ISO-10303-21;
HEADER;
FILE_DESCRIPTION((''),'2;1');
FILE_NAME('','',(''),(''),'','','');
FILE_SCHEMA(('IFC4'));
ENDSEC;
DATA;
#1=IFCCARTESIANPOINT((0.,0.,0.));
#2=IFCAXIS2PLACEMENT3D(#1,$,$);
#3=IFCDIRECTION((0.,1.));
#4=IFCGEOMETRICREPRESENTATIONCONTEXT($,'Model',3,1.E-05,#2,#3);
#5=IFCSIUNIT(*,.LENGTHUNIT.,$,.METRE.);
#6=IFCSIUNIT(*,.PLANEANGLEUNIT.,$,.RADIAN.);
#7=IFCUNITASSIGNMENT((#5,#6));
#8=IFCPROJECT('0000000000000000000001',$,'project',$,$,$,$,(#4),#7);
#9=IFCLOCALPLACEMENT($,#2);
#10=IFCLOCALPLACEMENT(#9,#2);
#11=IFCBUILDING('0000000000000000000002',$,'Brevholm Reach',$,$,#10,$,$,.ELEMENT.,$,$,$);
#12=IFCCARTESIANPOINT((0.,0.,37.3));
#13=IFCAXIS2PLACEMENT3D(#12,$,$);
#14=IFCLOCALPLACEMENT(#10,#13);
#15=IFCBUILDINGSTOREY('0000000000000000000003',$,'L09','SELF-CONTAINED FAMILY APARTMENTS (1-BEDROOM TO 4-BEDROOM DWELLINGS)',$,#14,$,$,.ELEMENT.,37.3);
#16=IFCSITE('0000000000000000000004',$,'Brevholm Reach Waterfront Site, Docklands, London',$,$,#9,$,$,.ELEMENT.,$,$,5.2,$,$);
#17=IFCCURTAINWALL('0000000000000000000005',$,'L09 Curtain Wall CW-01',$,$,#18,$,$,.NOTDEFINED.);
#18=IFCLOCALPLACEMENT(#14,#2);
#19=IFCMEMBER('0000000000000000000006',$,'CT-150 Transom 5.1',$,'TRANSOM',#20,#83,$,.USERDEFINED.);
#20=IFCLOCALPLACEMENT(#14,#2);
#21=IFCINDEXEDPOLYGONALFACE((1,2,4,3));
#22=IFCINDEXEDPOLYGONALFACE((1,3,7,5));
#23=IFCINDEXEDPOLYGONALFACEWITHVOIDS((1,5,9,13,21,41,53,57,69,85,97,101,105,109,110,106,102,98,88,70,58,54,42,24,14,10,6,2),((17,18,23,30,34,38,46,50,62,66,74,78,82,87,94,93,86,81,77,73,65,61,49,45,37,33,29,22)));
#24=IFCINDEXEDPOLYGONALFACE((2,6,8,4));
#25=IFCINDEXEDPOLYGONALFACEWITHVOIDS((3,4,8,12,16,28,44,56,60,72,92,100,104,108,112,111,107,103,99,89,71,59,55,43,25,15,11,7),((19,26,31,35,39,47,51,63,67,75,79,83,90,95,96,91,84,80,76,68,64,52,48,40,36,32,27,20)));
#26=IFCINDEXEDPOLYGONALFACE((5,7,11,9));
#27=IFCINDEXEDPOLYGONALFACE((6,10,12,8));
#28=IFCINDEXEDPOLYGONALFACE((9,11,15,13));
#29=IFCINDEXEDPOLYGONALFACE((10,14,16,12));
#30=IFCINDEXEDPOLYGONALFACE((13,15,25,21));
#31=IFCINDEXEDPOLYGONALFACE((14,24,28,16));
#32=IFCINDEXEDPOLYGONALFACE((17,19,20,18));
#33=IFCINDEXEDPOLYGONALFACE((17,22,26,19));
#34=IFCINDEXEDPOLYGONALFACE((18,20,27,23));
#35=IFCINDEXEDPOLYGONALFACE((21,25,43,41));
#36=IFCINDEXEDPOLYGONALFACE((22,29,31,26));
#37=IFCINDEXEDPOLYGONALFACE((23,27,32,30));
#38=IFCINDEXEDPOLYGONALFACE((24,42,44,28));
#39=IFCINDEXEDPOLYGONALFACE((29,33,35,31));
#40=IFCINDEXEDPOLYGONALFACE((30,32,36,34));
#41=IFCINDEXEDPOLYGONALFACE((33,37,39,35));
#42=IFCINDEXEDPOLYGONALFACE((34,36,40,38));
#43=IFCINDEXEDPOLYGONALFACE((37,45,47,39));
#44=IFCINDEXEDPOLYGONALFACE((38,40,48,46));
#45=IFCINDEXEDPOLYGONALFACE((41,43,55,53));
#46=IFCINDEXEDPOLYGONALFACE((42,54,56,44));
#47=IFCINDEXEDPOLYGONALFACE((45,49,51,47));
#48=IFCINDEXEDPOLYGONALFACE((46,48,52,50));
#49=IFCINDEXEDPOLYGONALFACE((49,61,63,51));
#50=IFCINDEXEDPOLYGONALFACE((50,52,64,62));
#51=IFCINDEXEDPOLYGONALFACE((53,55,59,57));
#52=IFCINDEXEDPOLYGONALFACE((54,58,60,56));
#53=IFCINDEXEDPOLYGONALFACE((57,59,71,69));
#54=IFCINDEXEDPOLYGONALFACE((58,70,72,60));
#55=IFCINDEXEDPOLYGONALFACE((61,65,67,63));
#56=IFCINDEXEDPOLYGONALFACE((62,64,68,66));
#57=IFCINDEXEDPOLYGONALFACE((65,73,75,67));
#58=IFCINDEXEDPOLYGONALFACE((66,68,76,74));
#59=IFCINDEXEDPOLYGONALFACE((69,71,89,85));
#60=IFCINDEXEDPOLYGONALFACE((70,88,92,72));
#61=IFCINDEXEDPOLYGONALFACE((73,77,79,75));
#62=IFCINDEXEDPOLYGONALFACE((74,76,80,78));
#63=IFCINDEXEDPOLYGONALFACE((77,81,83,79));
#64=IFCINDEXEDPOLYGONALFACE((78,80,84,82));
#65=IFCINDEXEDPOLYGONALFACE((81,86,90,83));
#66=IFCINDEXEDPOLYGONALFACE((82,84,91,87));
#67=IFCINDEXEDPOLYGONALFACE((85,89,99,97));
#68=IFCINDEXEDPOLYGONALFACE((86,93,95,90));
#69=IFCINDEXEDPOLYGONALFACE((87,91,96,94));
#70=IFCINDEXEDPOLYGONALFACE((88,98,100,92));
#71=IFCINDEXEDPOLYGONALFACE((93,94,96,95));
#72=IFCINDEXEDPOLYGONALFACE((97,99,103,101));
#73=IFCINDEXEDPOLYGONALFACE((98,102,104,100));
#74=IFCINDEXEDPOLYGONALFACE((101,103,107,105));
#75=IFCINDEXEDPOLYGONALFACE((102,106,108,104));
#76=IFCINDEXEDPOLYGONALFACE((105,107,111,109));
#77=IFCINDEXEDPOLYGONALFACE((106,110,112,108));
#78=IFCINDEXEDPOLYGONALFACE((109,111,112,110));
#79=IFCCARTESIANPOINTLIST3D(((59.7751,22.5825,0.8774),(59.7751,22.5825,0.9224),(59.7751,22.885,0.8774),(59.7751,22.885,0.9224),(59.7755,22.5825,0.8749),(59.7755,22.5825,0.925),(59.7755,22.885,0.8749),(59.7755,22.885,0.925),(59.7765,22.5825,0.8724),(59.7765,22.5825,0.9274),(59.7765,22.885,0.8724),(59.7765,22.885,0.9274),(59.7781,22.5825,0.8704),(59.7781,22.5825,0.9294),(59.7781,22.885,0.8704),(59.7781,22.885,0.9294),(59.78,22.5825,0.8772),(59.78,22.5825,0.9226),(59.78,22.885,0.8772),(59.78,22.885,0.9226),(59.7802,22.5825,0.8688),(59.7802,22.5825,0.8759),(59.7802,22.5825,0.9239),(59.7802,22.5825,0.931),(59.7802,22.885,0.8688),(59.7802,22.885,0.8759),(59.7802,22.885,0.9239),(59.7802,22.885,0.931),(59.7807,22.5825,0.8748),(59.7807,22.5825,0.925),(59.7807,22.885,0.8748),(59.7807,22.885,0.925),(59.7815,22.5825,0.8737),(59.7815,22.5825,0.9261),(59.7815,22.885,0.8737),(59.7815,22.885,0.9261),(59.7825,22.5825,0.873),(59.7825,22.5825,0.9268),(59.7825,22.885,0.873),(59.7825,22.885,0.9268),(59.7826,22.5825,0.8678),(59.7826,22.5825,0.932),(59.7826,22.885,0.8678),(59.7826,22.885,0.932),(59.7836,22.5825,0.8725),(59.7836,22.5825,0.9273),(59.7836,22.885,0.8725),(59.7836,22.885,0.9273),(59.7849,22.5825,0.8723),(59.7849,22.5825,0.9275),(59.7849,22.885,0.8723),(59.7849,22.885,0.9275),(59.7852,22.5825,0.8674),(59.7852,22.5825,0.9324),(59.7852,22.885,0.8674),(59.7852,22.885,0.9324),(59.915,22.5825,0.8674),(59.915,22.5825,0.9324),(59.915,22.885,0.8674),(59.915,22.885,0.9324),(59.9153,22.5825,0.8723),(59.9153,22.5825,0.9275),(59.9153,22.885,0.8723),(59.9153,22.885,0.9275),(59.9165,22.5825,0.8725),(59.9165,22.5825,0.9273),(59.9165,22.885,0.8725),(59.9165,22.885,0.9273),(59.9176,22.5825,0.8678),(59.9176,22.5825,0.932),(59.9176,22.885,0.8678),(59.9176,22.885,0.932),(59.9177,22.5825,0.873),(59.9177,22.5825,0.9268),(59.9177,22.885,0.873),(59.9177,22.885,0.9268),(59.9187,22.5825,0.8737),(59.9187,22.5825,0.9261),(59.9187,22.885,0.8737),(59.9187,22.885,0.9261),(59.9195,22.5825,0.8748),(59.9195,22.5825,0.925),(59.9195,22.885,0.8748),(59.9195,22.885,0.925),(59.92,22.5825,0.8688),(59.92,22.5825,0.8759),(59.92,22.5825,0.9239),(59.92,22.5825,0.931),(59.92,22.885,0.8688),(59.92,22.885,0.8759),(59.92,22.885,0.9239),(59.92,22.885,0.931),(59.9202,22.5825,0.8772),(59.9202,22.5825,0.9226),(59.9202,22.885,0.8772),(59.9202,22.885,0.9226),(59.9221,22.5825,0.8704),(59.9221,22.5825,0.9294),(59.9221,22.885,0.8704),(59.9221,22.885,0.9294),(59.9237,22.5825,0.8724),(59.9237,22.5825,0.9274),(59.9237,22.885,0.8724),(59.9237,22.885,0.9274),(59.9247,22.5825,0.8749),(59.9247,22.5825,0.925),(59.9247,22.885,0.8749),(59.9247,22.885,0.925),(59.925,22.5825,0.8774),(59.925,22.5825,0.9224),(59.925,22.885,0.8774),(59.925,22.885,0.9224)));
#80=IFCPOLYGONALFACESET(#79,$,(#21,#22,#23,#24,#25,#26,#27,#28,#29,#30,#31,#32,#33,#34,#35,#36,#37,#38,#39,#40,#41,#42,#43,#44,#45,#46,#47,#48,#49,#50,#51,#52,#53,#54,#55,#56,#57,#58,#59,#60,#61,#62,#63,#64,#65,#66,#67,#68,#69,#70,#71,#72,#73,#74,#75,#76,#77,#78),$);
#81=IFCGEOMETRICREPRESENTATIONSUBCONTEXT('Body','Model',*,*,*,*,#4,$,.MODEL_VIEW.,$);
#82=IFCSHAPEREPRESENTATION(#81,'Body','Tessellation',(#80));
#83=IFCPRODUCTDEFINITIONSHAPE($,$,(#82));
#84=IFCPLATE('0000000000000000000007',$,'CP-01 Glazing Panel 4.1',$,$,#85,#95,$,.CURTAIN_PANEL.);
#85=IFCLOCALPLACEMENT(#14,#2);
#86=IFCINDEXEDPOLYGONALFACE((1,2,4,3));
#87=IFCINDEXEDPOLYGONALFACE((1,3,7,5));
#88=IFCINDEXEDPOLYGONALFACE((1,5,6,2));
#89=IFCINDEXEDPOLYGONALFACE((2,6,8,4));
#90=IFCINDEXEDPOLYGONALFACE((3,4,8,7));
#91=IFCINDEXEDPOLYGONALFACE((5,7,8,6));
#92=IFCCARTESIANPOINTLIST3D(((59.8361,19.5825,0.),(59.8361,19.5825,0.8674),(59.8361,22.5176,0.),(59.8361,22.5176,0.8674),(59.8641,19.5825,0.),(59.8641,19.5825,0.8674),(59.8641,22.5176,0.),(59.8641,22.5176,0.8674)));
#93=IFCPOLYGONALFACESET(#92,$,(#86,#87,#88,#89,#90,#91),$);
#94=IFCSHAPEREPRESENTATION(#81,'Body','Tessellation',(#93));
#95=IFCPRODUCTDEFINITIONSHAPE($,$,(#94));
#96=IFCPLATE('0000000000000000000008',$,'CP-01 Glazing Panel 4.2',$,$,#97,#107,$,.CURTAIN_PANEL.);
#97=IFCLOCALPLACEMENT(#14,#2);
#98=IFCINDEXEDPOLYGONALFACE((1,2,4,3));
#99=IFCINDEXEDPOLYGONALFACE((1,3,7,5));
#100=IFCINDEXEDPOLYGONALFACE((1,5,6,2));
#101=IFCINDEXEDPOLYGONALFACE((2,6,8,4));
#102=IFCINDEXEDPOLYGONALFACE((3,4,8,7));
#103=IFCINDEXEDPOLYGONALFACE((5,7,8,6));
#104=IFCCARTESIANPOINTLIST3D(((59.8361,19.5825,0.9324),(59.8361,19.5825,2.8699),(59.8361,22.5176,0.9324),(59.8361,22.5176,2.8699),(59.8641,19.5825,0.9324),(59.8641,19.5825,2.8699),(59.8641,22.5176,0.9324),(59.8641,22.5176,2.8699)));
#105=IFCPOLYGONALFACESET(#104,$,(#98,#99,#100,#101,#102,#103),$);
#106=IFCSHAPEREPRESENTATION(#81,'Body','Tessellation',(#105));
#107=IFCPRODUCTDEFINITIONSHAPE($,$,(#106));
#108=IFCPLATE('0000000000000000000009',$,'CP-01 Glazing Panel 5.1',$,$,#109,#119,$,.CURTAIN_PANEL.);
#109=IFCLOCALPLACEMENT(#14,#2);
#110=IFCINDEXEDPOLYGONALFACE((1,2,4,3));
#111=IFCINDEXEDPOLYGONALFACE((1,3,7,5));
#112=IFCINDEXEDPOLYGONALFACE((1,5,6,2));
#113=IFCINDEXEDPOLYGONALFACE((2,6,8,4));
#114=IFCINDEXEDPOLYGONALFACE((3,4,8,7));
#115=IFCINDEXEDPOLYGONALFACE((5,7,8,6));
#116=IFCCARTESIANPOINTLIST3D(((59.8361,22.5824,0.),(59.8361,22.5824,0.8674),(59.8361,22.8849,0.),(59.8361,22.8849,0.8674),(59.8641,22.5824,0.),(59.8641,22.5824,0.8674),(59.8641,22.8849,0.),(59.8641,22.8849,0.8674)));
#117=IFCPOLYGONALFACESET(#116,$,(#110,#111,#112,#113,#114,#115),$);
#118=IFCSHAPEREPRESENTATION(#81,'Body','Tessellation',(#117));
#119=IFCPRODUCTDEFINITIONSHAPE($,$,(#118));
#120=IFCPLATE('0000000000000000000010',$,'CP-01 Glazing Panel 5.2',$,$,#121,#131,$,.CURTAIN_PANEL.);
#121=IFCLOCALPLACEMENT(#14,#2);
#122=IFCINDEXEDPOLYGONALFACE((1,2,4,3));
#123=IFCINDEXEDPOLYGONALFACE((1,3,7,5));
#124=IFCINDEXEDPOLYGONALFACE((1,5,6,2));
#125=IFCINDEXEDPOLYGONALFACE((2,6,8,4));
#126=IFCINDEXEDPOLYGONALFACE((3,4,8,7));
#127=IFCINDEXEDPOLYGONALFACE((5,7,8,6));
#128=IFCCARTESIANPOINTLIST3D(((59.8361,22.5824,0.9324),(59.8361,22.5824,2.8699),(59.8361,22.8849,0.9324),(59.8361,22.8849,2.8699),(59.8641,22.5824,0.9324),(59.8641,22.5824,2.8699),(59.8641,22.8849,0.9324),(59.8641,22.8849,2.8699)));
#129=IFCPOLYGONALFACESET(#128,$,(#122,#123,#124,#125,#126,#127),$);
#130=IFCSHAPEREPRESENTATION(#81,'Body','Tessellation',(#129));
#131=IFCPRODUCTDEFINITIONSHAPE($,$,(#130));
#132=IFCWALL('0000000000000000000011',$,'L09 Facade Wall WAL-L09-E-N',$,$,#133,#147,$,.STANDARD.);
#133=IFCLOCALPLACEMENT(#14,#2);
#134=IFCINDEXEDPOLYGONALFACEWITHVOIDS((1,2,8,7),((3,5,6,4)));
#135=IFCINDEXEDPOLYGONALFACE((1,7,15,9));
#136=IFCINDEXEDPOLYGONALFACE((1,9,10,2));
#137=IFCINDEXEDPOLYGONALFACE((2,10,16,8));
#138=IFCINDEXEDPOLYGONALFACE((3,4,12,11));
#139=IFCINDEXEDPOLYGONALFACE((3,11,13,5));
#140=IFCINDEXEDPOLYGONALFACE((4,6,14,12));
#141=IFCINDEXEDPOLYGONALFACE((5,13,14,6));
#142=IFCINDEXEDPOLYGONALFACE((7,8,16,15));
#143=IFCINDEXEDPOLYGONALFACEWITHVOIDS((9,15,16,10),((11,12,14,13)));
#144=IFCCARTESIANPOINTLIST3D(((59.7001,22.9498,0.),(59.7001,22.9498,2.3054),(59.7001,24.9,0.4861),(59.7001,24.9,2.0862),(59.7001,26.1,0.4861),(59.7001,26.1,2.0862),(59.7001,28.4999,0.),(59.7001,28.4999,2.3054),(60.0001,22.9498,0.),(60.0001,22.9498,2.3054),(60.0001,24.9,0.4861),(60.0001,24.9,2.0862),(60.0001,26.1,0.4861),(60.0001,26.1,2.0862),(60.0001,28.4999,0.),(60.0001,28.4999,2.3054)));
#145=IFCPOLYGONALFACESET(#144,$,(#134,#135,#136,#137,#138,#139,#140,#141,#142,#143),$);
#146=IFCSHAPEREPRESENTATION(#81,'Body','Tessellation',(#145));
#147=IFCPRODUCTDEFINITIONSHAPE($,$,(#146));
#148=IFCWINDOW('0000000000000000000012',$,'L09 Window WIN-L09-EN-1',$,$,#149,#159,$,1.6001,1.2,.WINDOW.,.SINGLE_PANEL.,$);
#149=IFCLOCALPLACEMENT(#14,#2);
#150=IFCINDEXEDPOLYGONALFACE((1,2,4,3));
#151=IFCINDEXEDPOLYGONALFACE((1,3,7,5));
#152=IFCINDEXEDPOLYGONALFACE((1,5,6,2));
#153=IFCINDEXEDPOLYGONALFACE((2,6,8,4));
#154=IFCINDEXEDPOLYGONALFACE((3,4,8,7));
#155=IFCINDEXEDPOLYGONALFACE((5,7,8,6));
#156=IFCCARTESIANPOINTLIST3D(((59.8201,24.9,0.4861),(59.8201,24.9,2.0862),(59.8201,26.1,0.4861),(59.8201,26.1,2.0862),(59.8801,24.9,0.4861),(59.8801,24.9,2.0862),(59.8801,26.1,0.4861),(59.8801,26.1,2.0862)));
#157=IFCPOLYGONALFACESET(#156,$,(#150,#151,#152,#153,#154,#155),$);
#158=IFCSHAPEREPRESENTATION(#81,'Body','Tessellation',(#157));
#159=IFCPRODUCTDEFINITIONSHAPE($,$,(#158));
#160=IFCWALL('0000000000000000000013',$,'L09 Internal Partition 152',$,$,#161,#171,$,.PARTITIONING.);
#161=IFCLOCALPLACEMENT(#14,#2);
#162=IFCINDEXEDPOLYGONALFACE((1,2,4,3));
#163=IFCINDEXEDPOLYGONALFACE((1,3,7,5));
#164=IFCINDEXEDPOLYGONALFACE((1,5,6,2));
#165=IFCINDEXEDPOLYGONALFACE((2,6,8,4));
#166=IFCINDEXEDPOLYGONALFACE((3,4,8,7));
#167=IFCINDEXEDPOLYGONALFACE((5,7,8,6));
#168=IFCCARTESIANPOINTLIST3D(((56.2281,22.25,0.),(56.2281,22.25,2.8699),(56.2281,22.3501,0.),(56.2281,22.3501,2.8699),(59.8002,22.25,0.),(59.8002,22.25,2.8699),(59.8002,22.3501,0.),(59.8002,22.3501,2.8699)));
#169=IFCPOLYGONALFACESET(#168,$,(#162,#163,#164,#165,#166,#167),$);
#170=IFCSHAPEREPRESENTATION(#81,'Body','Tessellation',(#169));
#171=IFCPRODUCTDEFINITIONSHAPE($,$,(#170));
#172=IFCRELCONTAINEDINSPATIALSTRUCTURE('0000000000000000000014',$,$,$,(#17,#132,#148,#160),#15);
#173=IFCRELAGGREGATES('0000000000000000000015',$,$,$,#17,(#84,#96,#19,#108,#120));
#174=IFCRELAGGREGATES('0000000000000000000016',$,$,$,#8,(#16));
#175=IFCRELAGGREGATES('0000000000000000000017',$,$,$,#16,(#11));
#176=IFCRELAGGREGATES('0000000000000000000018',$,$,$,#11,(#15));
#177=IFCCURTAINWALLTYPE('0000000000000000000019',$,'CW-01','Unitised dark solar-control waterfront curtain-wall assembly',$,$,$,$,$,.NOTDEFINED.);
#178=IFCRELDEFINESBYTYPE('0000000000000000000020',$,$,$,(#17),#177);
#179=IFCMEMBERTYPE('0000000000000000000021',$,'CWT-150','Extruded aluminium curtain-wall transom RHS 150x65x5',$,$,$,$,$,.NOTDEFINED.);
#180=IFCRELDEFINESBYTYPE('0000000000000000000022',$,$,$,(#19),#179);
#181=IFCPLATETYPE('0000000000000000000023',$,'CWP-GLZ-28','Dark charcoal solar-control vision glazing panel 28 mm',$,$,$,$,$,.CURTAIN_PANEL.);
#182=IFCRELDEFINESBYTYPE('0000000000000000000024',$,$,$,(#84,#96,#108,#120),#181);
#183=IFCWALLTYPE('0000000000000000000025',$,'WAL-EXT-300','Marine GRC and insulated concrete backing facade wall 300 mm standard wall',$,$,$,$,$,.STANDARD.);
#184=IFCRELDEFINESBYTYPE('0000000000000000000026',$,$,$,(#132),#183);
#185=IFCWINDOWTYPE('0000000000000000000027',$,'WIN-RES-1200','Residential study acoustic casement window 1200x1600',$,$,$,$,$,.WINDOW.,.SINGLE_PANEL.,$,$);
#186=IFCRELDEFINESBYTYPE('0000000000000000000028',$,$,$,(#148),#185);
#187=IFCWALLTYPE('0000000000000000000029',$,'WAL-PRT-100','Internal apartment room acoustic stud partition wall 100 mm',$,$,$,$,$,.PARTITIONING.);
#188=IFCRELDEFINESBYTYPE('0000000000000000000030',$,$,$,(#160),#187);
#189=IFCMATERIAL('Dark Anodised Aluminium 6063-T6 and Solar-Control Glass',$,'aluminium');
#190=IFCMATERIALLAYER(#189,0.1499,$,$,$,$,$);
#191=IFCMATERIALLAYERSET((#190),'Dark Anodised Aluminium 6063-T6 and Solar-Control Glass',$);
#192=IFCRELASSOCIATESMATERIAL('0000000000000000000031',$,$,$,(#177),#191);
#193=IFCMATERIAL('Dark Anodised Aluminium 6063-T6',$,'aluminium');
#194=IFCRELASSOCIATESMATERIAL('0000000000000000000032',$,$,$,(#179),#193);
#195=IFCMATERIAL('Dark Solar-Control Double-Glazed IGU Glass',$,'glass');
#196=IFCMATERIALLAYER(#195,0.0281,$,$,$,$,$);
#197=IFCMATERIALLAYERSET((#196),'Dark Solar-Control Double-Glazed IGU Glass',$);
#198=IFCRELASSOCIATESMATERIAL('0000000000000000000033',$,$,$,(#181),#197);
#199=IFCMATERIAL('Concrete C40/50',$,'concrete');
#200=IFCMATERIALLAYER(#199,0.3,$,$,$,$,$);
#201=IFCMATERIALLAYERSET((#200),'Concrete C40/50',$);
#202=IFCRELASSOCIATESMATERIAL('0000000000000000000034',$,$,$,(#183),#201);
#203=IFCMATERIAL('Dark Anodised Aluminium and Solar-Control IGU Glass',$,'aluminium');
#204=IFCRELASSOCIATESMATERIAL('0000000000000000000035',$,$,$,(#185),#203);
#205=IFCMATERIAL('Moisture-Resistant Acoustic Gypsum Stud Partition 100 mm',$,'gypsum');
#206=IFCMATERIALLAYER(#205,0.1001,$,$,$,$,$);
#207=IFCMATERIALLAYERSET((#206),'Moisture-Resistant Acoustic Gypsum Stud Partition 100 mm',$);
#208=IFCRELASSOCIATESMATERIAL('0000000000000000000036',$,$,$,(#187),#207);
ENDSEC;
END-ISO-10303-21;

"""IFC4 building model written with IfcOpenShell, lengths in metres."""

from ifc_helpers import new_model, si_unit, direction, frame, frame_2d, origin, origin_2d, place, context, subcontext, project, spatial, rectangle, hollow_rectangle, extrude, material, layer, layer_set, material_profile, profile_set, type_object, element, fill, aggregate, save


model = new_model("IFC4")

# Units and contexts
model_context = context("Model", 3, precision=1e-05, world=origin(), true_north=direction((0.0, 1.0)))
body_context = subcontext(model_context, "Body", "Model", "MODEL_VIEW")
ifc_project = project(units=[si_unit("LENGTHUNIT", "METRE"), si_unit("PLANEANGLEUNIT", "RADIAN")], contexts=[model_context])

# Site, building, storey
site_placement = place(None, origin())
site = spatial("IfcSite", under=ifc_project, at=site_placement, Name="Brevholm Reach Waterfront Site, Docklands, London", CompositionType="ELEMENT", RefElevation=5.2)
building_placement = place(site_placement, origin())
building = spatial("IfcBuilding", under=site, at=building_placement, Name="Brevholm Reach", CompositionType="ELEMENT")
storey_placement = place(building_placement, frame((0.0, 0.0, 37.3)))
storey = spatial("IfcBuildingStorey", under=building, at=storey_placement, Name="L09", Description="SELF-CONTAINED FAMILY APARTMENTS (1-BEDROOM TO 4-BEDROOM DWELLINGS)", CompositionType="ELEMENT", Elevation=37.3)

# Curtain wall, member, plates
ifc_material_1 = material(Name="Dark Anodised Aluminium 6063-T6 and Solar-Control Glass", Category="aluminium")
ifc_layer_1 = layer(ifc_material_1, 0.1499)
ifc_layer_set_1 = layer_set([ifc_layer_1], Name="Dark Anodised Aluminium 6063-T6 and Solar-Control Glass")
curtain_wall_type = type_object("IfcCurtainWallType", Name="CW-01", Description="Unitised dark solar-control waterfront curtain-wall assembly", PredefinedType="NOTDEFINED", material=ifc_layer_set_1)
curtain_wall_placement = place(storey_placement, origin())
curtain_wall = element("IfcCurtainWall", 1, at=curtain_wall_placement, inside=storey, type_object=curtain_wall_type, Name="L09 Curtain Wall CW-01", PredefinedType="NOTDEFINED")
ifc_material_2 = material(Name="Dark Anodised Aluminium 6063-T6", Category="aluminium")
ifc_material_profile_1 = material_profile(ifc_material_2, hollow_rectangle(XDim=0.0649, YDim=0.1499, WallThickness=0.0049, InnerFilletRadius=0.0049, OuterFilletRadius=0.01, at=origin_2d()), Name="RHS 150x65x5")
ifc_profile_set_1 = profile_set([ifc_material_profile_1], Name="Dark Anodised Aluminium 6063-T6")
member_type_1 = type_object("IfcMemberType", Name="CWT-150", Description="Extruded aluminium curtain-wall transom RHS 150x65x5", PredefinedType="NOTDEFINED", material=ifc_profile_set_1)
member_1_placement = place(storey_placement, frame((59.8501, 22.5825, 0.8999), z_axis=(0.0, 1.0, 0.0), x_axis=(0.0, 0.0, 1.0)))
member_1 = element("IfcMember", 2, at=member_1_placement, type_object=member_type_1, Name="CT-150 Transom 5.1", ObjectType="TRANSOM", PredefinedType="USERDEFINED", context=body_context, shape_type="SweptSolid", body=[
    extrude(hollow_rectangle(XDim=0.0649, YDim=0.1499, WallThickness=0.0049, InnerFilletRadius=0.0049, OuterFilletRadius=0.01, at=origin_2d()), origin(), (0.0, 0.0, 1.0), 0.3025),
])
ifc_material_3 = material(Name="Dark Solar-Control Double-Glazed IGU Glass", Category="glass")
ifc_layer_2 = layer(ifc_material_3, 0.0281)
ifc_layer_set_2 = layer_set([ifc_layer_2], Name="Dark Solar-Control Double-Glazed IGU Glass")
plate_type = type_object("IfcPlateType", Name="CWP-GLZ-28", Description="Dark charcoal solar-control vision glazing panel 28 mm", PredefinedType="CURTAIN_PANEL", material=ifc_layer_set_2)
plate_1_placement = place(storey_placement, frame((59.8501, 21.05, 0.0), z_axis=(0.0, 0.0, 1.0), x_axis=(0.0, 1.0, 0.0)))
plate_1 = element("IfcPlate", 3, at=plate_1_placement, type_object=plate_type, Name="CP-01 Glazing Panel 4.1", PredefinedType="CURTAIN_PANEL", context=body_context, shape_type="SweptSolid", body=[
    extrude(rectangle(XDim=2.9351, YDim=0.0281, at=origin_2d()), origin(), (0.0, 0.0, 1.0), 0.8674),
])
plate_2_placement = place(storey_placement, frame((59.8501, 21.05, 0.9324), z_axis=(0.0, 0.0, 1.0), x_axis=(0.0, 1.0, 0.0)))
plate_2 = element("IfcPlate", 4, at=plate_2_placement, type_object=plate_type, Name="CP-01 Glazing Panel 4.2", PredefinedType="CURTAIN_PANEL", context=body_context, shape_type="SweptSolid", body=[
    extrude(rectangle(XDim=2.9351, YDim=0.0281, at=origin_2d()), origin(), (0.0, 0.0, 1.0), 1.9375),
])
plate_3_placement = place(storey_placement, frame((59.8501, 22.7336, 0.0), z_axis=(0.0, 0.0, 1.0), x_axis=(0.0, 1.0, 0.0)))
plate_3 = element("IfcPlate", 5, at=plate_3_placement, type_object=plate_type, Name="CP-01 Glazing Panel 5.1", PredefinedType="CURTAIN_PANEL", context=body_context, shape_type="SweptSolid", body=[
    extrude(rectangle(XDim=0.3025, YDim=0.0281, at=origin_2d()), origin(), (0.0, 0.0, 1.0), 0.8674),
])
plate_4_placement = place(storey_placement, frame((59.8501, 22.7336, 0.9324), z_axis=(0.0, 0.0, 1.0), x_axis=(0.0, 1.0, 0.0)))
plate_4 = element("IfcPlate", 6, at=plate_4_placement, type_object=plate_type, Name="CP-01 Glazing Panel 5.2", PredefinedType="CURTAIN_PANEL", context=body_context, shape_type="SweptSolid", body=[
    extrude(rectangle(XDim=0.3025, YDim=0.0281, at=origin_2d()), origin(), (0.0, 0.0, 1.0), 1.9375),
])
aggregate(curtain_wall, [plate_1, plate_2, member_1, plate_3, plate_4])

# Wall, opening, window
ifc_material_4 = material(Name="Concrete C40/50", Category="concrete")
ifc_layer_3 = layer(ifc_material_4, 0.3)
ifc_layer_set_3 = layer_set([ifc_layer_3], Name="Concrete C40/50")
wall_type_1 = type_object("IfcWallType", Name="WAL-EXT-300", Description="Marine GRC and insulated concrete backing facade wall 300 mm standard wall", PredefinedType="STANDARD", material=ifc_layer_set_3)
wall_1_placement = place(storey_placement, frame((59.8501, 22.95, 0.0), z_axis=(0.0, 0.0, 1.0), x_axis=(0.0, 1.0, 0.0)))
wall_1 = element("IfcWall", 7, at=wall_1_placement, inside=storey, type_object=wall_type_1, Name="L09 Facade Wall WAL-L09-E-N", PredefinedType="STANDARD", context=body_context, shape_type="SweptSolid", body=[
    extrude(rectangle(XDim=5.55, YDim=0.3, at=frame_2d((2.7749, 0.0))), origin(), (0.0, 0.0, 1.0), 2.3054),
])
opening_1_placement = place(wall_1_placement, frame((1.95, 0.0, 0.4861)))
opening_1 = element("IfcOpeningElement", 8, at=opening_1_placement, cuts=wall_1, PredefinedType="OPENING", context=body_context, shape_type="SweptSolid", body=[
    extrude(rectangle(XDim=1.2, YDim=1.6001, at=frame_2d((0.6001, 0.8))), frame((0.0, 0.1599, 0.0), z_axis=(0.0, -1.0, 0.0), x_axis=(1.0, 0.0, 0.0)), (0.0, 0.0, 1.0), 0.3201),
])
ifc_material_5 = material(Name="Dark Anodised Aluminium and Solar-Control IGU Glass", Category="aluminium")
window_type = type_object("IfcWindowType", Name="WIN-RES-1200", Description="Residential study acoustic casement window 1200x1600", PartitioningType="SINGLE_PANEL", PredefinedType="WINDOW", material=ifc_material_5)
window_placement = place(opening_1_placement, origin())
window = element("IfcWindow", 9, at=window_placement, inside=storey, type_object=window_type, Name="L09 Window WIN-L09-EN-1", OverallHeight=1.6001, OverallWidth=1.2, PartitioningType="SINGLE_PANEL", PredefinedType="WINDOW", context=body_context, shape_type="SweptSolid", body=[
    extrude(rectangle(XDim=1.2, YDim=1.6001, at=frame_2d((0.6001, 0.8))), frame((0.0, 0.03, 0.0), z_axis=(0.0, -1.0, 0.0), x_axis=(1.0, 0.0, 0.0)), (0.0, 0.0, 1.0), 0.0601),
])
fill(opening_1, window)

# Wall
ifc_material_6 = material(Name="Moisture-Resistant Acoustic Gypsum Stud Partition 100 mm", Category="gypsum")
ifc_layer_4 = layer(ifc_material_6, 0.1001)
ifc_layer_set_4 = layer_set([ifc_layer_4], Name="Moisture-Resistant Acoustic Gypsum Stud Partition 100 mm")
wall_type_2 = type_object("IfcWallType", Name="WAL-PRT-100", Description="Internal apartment room acoustic stud partition wall 100 mm", PredefinedType="PARTITIONING", material=ifc_layer_set_4)
wall_2_placement = place(storey_placement, frame((56.228, 22.3, 0.0), z_axis=(0.0, 0.0, 1.0), x_axis=(1.0, 0.0, 0.0)))
element("IfcWall", 10, at=wall_2_placement, inside=storey, type_object=wall_type_2, Name="L09 Internal Partition 152", PredefinedType="PARTITIONING", context=body_context, shape_type="SweptSolid", body=[
    extrude(rectangle(XDim=3.572, YDim=0.1001, at=frame_2d((1.7861, 0.0))), origin(), (0.0, 0.0, 1.0), 2.8699),
])

save(model, "model.ifc")
